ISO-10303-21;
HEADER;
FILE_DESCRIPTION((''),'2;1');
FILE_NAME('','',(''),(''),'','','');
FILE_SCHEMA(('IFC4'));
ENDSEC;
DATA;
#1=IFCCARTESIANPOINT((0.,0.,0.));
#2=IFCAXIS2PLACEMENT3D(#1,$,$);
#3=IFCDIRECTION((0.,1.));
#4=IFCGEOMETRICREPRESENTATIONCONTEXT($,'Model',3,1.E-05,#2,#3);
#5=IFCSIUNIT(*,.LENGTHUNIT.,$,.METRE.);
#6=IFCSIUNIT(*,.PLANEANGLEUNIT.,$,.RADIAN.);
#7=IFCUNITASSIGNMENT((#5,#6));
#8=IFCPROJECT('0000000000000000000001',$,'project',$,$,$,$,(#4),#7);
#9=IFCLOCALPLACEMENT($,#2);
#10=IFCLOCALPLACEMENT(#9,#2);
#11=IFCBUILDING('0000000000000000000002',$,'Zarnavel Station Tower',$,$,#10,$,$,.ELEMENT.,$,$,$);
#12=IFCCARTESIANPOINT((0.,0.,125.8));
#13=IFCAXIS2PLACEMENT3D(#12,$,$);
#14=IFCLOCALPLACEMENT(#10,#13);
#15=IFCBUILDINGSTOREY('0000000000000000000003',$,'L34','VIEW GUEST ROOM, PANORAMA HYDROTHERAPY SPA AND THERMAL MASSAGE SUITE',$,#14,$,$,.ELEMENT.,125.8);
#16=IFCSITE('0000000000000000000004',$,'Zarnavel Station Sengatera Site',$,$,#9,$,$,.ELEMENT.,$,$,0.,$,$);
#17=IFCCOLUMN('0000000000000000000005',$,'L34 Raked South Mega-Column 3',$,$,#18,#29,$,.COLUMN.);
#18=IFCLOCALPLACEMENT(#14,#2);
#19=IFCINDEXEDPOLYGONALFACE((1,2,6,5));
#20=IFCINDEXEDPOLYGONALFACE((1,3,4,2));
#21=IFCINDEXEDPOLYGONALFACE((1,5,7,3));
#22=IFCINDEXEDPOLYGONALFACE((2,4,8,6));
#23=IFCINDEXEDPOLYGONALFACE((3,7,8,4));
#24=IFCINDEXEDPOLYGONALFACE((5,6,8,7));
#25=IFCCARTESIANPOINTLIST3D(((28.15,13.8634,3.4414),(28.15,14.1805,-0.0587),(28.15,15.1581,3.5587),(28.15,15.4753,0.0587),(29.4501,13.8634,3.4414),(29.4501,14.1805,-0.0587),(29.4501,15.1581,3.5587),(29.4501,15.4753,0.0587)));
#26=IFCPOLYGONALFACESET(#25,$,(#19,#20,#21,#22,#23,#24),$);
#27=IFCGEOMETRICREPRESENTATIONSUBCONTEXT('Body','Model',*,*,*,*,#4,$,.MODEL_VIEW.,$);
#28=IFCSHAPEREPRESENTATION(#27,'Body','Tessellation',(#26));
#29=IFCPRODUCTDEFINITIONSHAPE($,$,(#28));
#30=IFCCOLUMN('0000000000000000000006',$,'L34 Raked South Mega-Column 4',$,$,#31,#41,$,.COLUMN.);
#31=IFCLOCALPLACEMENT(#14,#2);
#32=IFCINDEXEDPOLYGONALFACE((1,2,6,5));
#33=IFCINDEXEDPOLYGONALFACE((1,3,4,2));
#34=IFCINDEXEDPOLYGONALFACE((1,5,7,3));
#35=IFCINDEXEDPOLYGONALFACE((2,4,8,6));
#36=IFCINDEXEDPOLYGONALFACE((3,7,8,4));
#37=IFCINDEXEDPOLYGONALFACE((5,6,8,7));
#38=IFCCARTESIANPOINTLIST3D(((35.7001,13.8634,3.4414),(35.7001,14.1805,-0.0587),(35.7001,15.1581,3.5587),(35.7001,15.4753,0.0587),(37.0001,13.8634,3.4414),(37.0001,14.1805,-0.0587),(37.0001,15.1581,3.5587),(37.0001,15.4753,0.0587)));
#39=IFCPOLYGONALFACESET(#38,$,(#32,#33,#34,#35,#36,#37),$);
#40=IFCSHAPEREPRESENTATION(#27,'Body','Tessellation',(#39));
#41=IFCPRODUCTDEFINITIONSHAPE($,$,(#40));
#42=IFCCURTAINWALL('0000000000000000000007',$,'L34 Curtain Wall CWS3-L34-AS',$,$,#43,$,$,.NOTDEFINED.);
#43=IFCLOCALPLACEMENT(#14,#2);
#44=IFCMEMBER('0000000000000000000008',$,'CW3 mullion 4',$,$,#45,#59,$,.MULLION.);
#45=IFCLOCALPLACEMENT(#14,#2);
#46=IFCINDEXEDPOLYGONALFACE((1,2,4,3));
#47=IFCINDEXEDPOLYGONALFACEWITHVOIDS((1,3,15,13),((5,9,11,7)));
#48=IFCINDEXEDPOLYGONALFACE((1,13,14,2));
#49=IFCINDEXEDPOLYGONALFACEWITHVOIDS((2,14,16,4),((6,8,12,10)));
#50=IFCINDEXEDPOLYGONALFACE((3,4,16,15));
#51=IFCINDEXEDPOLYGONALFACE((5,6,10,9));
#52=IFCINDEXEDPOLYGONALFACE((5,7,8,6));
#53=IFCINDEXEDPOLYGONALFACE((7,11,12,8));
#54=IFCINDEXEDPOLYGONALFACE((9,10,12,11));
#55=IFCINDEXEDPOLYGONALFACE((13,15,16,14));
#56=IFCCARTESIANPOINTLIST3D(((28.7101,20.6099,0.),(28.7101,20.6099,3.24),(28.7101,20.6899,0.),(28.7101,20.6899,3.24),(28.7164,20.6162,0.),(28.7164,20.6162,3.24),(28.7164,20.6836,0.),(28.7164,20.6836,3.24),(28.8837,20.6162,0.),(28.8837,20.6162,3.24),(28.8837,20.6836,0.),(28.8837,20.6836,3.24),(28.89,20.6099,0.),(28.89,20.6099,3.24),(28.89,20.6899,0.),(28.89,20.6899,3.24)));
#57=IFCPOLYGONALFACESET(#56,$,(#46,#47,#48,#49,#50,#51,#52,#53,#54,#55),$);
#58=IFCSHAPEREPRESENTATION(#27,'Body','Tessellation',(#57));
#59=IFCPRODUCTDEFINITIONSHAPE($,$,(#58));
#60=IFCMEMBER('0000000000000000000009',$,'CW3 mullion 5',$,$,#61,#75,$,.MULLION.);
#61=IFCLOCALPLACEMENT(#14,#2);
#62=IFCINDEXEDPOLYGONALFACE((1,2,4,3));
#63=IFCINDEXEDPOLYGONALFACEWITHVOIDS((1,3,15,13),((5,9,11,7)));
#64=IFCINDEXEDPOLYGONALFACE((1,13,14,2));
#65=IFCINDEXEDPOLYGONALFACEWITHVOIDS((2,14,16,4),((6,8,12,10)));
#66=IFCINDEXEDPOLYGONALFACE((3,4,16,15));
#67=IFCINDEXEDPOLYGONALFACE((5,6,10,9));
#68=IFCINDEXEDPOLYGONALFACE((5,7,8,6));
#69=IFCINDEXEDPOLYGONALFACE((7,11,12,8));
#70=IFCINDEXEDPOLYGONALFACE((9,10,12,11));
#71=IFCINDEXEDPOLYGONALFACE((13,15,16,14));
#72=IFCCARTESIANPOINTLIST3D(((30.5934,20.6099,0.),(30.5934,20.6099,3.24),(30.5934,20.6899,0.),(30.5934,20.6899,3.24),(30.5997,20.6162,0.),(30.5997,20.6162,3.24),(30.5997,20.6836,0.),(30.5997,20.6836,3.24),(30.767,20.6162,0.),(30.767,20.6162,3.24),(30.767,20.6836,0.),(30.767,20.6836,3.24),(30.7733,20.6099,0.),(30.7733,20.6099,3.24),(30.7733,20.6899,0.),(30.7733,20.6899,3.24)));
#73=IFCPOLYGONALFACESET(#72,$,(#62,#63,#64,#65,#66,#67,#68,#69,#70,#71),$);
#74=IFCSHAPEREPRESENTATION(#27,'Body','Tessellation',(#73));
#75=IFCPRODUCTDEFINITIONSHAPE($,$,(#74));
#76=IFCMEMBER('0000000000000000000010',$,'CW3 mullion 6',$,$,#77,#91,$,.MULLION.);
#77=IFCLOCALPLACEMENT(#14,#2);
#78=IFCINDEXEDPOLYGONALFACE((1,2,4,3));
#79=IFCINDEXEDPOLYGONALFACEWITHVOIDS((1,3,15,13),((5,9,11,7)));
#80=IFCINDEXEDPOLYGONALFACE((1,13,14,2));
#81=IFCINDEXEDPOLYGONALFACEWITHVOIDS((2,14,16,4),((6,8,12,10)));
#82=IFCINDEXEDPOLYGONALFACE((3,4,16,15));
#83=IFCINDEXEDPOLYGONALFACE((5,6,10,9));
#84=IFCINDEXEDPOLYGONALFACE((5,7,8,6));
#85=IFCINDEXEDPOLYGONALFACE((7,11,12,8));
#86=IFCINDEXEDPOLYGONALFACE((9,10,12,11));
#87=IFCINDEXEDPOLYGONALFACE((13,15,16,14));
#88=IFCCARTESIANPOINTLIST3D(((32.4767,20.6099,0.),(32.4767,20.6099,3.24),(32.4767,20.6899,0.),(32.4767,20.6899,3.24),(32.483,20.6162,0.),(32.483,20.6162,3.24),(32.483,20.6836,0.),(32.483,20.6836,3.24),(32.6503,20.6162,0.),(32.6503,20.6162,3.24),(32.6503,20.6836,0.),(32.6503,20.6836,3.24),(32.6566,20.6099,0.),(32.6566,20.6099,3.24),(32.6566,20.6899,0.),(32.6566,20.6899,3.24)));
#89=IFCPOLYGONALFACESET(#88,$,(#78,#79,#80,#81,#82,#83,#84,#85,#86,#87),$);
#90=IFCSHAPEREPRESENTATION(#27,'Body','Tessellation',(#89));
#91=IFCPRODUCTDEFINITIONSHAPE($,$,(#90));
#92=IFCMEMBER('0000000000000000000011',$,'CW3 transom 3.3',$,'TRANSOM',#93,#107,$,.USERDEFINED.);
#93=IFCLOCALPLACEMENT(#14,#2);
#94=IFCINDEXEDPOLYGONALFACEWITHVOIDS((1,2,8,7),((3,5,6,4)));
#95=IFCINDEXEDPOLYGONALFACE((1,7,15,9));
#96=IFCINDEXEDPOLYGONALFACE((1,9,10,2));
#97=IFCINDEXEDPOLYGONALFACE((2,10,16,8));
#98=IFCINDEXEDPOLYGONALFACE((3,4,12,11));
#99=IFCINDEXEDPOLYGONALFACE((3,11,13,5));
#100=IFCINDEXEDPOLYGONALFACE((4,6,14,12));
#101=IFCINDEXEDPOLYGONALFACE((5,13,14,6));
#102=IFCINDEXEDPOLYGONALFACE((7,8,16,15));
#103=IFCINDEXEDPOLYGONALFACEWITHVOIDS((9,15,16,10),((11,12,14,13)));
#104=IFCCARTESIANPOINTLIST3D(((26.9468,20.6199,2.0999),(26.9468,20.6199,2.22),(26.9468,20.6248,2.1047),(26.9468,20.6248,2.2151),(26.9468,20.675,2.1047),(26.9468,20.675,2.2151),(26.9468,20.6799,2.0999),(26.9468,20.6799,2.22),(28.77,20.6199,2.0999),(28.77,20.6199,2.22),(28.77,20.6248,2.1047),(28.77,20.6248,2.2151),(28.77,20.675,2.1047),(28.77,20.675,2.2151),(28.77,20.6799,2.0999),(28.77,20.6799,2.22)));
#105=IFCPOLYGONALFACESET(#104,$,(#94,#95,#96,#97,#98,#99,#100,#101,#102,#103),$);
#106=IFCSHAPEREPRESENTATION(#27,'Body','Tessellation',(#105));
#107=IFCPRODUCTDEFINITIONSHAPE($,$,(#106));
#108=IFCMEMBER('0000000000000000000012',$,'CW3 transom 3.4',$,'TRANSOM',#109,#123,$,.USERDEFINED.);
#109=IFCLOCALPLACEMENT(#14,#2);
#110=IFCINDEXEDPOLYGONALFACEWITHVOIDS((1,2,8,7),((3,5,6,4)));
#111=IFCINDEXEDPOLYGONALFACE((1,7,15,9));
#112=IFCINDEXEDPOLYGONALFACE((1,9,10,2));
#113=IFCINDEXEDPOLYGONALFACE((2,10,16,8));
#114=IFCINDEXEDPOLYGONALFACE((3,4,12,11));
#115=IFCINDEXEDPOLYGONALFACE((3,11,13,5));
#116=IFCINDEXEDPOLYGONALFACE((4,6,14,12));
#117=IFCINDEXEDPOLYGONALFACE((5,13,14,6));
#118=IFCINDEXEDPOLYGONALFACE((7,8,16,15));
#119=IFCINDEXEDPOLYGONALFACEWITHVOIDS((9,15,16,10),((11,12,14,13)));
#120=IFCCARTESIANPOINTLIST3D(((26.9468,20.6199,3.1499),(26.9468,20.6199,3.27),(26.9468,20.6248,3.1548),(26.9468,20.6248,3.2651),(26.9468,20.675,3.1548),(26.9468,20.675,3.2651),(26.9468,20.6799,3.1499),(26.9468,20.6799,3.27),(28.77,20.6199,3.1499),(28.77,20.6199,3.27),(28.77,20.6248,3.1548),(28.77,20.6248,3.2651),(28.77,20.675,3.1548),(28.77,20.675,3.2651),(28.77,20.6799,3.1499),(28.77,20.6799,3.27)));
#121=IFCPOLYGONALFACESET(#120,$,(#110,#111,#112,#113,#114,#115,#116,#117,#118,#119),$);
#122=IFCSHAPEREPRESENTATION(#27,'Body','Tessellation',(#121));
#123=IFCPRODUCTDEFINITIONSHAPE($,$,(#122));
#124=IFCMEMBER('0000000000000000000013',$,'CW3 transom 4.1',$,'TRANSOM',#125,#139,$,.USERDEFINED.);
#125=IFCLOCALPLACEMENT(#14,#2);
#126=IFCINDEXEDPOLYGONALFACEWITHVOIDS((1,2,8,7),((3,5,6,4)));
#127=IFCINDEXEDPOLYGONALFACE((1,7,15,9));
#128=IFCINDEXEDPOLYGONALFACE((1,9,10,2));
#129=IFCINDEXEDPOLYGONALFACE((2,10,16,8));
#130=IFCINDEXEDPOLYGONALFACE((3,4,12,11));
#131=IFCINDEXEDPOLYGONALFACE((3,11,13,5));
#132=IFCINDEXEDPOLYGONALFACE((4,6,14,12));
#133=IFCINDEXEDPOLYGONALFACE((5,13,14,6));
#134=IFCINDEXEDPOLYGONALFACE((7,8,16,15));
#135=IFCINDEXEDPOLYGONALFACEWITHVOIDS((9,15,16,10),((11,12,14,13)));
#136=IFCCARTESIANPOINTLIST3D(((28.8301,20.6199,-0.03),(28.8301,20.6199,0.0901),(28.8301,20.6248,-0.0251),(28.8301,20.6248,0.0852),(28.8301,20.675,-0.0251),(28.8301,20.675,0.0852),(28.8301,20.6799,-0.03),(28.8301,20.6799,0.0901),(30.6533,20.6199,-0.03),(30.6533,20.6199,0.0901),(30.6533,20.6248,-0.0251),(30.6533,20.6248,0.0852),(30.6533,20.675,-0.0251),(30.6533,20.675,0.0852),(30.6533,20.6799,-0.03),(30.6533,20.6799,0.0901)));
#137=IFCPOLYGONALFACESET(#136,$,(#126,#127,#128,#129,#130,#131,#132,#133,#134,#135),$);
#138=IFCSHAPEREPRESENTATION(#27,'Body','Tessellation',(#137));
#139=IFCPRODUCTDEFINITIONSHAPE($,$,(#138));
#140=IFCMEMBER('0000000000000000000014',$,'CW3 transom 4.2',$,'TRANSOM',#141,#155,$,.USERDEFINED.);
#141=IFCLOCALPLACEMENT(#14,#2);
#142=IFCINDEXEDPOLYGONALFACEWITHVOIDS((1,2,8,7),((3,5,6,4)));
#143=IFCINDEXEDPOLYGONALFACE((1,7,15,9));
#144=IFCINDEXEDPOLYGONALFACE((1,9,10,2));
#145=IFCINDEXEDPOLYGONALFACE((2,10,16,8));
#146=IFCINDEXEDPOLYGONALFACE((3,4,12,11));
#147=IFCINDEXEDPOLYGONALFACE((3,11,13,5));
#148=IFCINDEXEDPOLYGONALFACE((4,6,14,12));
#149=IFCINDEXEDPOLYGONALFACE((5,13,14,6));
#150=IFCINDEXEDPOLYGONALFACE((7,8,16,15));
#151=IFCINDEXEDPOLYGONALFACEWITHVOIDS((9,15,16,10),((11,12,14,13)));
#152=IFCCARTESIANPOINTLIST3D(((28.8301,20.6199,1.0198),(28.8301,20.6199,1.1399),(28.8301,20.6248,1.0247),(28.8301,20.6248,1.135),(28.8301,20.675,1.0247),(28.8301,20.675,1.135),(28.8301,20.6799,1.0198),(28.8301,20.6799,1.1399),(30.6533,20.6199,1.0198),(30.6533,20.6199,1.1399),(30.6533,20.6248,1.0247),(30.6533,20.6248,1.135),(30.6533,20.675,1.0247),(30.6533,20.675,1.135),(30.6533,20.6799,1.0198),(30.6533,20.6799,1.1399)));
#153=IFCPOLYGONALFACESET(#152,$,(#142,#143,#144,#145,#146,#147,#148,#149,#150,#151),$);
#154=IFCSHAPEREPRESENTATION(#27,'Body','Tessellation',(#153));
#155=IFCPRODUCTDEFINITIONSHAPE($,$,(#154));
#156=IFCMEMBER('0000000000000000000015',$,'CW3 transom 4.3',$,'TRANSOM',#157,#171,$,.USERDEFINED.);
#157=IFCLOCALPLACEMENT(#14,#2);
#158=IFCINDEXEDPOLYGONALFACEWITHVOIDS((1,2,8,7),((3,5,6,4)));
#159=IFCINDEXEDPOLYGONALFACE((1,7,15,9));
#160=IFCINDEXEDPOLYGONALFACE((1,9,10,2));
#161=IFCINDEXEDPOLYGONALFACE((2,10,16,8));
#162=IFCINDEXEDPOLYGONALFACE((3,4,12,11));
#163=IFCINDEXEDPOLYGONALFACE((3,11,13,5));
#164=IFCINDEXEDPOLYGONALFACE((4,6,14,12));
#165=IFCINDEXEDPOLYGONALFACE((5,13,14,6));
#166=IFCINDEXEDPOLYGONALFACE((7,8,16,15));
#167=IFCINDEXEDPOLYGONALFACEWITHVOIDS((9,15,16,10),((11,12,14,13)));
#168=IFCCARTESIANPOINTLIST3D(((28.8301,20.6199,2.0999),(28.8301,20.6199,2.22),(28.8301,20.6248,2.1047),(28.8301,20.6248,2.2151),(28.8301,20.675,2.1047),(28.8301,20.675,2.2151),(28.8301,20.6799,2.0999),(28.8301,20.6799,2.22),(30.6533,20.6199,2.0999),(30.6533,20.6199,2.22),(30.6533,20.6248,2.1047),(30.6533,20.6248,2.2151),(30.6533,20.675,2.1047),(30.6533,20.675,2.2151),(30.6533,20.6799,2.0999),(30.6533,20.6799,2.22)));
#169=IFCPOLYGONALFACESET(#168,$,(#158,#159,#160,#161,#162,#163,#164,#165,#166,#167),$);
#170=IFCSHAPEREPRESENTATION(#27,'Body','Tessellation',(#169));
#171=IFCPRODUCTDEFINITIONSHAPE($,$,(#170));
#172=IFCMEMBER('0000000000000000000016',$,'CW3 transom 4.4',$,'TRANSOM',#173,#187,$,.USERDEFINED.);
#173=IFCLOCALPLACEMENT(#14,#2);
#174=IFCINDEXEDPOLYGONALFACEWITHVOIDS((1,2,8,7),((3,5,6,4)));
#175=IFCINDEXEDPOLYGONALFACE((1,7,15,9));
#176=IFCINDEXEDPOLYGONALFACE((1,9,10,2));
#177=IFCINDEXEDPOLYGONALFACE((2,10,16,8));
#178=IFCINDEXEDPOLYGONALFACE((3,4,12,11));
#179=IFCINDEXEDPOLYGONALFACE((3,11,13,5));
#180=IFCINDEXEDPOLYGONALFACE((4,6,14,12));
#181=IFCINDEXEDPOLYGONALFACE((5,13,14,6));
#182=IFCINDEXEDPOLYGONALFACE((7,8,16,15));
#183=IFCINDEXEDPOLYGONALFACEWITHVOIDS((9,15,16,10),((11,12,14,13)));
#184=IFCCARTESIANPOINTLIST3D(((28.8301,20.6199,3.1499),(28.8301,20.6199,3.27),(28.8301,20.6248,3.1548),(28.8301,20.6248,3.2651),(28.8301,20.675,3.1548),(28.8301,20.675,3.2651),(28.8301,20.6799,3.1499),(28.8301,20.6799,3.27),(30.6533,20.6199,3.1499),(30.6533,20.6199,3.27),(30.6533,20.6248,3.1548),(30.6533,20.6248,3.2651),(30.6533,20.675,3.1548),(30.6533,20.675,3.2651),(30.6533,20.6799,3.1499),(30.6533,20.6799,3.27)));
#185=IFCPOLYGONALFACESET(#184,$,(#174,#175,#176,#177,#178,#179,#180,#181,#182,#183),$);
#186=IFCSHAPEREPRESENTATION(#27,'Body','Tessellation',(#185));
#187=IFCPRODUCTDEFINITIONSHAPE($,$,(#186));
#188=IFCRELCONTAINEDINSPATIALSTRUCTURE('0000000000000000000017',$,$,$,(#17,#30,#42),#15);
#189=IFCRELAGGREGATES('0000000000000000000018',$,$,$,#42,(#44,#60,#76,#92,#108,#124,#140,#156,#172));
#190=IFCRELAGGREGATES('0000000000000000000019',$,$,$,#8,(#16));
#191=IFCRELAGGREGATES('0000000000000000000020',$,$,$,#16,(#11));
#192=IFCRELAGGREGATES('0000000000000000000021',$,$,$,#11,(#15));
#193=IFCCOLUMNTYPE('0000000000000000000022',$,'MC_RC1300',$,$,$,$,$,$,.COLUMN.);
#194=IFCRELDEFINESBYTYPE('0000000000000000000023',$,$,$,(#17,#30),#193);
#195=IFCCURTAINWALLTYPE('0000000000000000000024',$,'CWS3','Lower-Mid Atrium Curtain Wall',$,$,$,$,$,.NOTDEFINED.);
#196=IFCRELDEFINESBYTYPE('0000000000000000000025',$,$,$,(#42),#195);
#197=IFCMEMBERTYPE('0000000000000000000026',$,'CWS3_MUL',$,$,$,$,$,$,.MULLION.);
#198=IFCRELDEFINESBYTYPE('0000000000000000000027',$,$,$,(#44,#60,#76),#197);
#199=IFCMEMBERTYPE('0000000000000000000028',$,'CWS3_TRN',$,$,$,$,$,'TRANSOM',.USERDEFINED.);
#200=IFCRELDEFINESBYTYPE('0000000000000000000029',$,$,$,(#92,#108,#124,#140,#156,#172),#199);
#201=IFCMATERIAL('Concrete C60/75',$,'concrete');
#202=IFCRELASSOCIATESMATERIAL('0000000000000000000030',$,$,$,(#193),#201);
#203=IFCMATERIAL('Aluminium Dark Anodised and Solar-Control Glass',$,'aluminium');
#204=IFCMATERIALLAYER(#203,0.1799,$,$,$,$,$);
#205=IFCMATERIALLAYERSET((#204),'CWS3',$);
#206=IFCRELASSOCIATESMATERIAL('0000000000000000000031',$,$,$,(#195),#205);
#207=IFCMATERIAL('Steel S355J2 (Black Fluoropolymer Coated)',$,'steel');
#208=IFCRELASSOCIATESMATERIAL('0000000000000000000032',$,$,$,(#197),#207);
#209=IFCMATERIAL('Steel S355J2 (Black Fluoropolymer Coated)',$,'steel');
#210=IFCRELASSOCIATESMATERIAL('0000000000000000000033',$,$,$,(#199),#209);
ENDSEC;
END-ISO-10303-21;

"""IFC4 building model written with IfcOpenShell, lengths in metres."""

from ifc_helpers import new_model, si_unit, direction, frame, origin, origin_2d, place, context, subcontext, project, spatial, rectangle, hollow_rectangle, extrude, material, layer, layer_set, material_profile, profile_set, type_object, element, aggregate, save


model = new_model("IFC4")

# Units and contexts
model_context = context("Model", 3, precision=1e-05, world=origin(), true_north=direction((0.0, 1.0)))
body_context = subcontext(model_context, "Body", "Model", "MODEL_VIEW")
ifc_project = project(units=[si_unit("LENGTHUNIT", "METRE"), si_unit("PLANEANGLEUNIT", "RADIAN")], contexts=[model_context])

# Site, building, storey
site_placement = place(None, origin())
site = spatial("IfcSite", under=ifc_project, at=site_placement, Name="Zarnavel Station Sengatera Site", CompositionType="ELEMENT", RefElevation=0.0)
building_placement = place(site_placement, origin())
building = spatial("IfcBuilding", under=site, at=building_placement, Name="Zarnavel Station Tower", CompositionType="ELEMENT")
storey_placement = place(building_placement, frame((0.0, 0.0, 125.8)))
storey = spatial("IfcBuildingStorey", under=building, at=storey_placement, Name="L34", Description="VIEW GUEST ROOM, PANORAMA HYDROTHERAPY SPA AND THERMAL MASSAGE SUITE", CompositionType="ELEMENT", Elevation=125.8)

# Columns
ifc_material_1 = material(Name="Concrete C60/75", Category="concrete")
ifc_material_profile_1 = material_profile(ifc_material_1, rectangle(XDim=1.3, YDim=1.3, at=origin_2d()), Name="RC1300x1300")
ifc_profile_set_1 = profile_set([ifc_material_profile_1], Name="Concrete C60/75")
column_type = type_object("IfcColumnType", Name="MC_RC1300", PredefinedType="COLUMN", material=ifc_profile_set_1)
for number, where, z_axis, x_axis, name in (
    (1, (28.8, 14.8279, 0.0), (0.0, -0.090241, 0.99592), (1.0, 0.0, 0.0), "L34 Raked South Mega-Column 3"),
    (2, (36.3501, 14.8279, 0.0), (0.0, -0.090241, 0.99592), (1.0, 0.0, 0.0), "L34 Raked South Mega-Column 4"),
):
    element("IfcColumn", number, at=place(storey_placement, frame(where, z_axis=z_axis, x_axis=x_axis)), inside=storey, type_object=column_type, Name=name, PredefinedType="COLUMN", context=body_context, shape_type="SweptSolid", body=[
        extrude(rectangle(XDim=1.3, YDim=1.3, at=origin_2d()), origin(), (0.0, 0.0, 1.0), 3.5144),
    ])

# Curtain wall, members
ifc_material_2 = material(Name="Aluminium Dark Anodised and Solar-Control Glass", Category="aluminium")
ifc_layer_1 = layer(ifc_material_2, 0.1799)
ifc_layer_set_1 = layer_set([ifc_layer_1], Name="CWS3")
curtain_wall_type_1 = type_object("IfcCurtainWallType", Name="CWS3", Description="Lower-Mid Atrium Curtain Wall", PredefinedType="NOTDEFINED", material=ifc_layer_set_1)
curtain_wall_1_placement = place(storey_placement, origin())
curtain_wall_1 = element("IfcCurtainWall", 3, at=curtain_wall_1_placement, inside=storey, type_object=curtain_wall_type_1, Name="L34 Curtain Wall CWS3-L34-AS", PredefinedType="NOTDEFINED")
ifc_material_3 = material(Name="Steel S355J2 (Black Fluoropolymer Coated)", Category="steel")
ifc_material_profile_2 = material_profile(ifc_material_3, hollow_rectangle(XDim=0.0801, YDim=0.1799, WallThickness=0.0063, at=origin_2d()), Name="RHS180x80x6.3")
ifc_profile_set_2 = profile_set([ifc_material_profile_2], Name="Steel S355J2 (Black Fluoropolymer Coated)")
member_type_1 = type_object("IfcMemberType", Name="CWS3_MUL", PredefinedType="MULLION", material=ifc_profile_set_2)
member_1_placement = place(storey_placement, frame((28.8, 20.6499, 0.0), z_axis=(0.0, 0.0, 1.0), x_axis=(0.0, 1.0, 0.0)))
member_1 = element("IfcMember", 4, at=member_1_placement, type_object=member_type_1, Name="CW3 mullion 4", PredefinedType="MULLION", context=body_context, shape_type="SweptSolid", body=[
    extrude(hollow_rectangle(XDim=0.0801, YDim=0.1799, WallThickness=0.0063, at=origin_2d()), origin(), (0.0, 0.0, 1.0), 3.24),
])
member_2_placement = place(storey_placement, frame((30.6833, 20.6499, 0.0), z_axis=(0.0, 0.0, 1.0), x_axis=(0.0, 1.0, 0.0)))
member_2 = element("IfcMember", 5, at=member_2_placement, type_object=member_type_1, Name="CW3 mullion 5", PredefinedType="MULLION", context=body_context, shape_type="SweptSolid", body=[
    extrude(hollow_rectangle(XDim=0.0801, YDim=0.1799, WallThickness=0.0063, at=origin_2d()), origin(), (0.0, 0.0, 1.0), 3.24),
])
member_3_placement = place(storey_placement, frame((32.5667, 20.6499, 0.0), z_axis=(0.0, 0.0, 1.0), x_axis=(0.0, 1.0, 0.0)))
member_3 = element("IfcMember", 6, at=member_3_placement, type_object=member_type_1, Name="CW3 mullion 6", PredefinedType="MULLION", context=body_context, shape_type="SweptSolid", body=[
    extrude(hollow_rectangle(XDim=0.0801, YDim=0.1799, WallThickness=0.0063, at=origin_2d()), origin(), (0.0, 0.0, 1.0), 3.24),
])
ifc_material_4 = material(Name="Steel S355J2 (Black Fluoropolymer Coated)", Category="steel")
ifc_material_profile_3 = material_profile(ifc_material_4, hollow_rectangle(XDim=0.0601, YDim=0.1201, WallThickness=0.0049, at=origin_2d()), Name="RHS120x60x5")
ifc_profile_set_3 = profile_set([ifc_material_profile_3], Name="Steel S355J2 (Black Fluoropolymer Coated)")
member_type_2 = type_object("IfcMemberType", Name="CWS3_TRN", ElementType="TRANSOM", PredefinedType="USERDEFINED", material=ifc_profile_set_3)
member_4_placement = place(storey_placement, frame((26.9468, 20.6499, 2.1599), z_axis=(1.0, 0.0, 0.0), x_axis=(0.0, 1.0, 0.0)))
member_4 = element("IfcMember", 7, at=member_4_placement, type_object=member_type_2, Name="CW3 transom 3.3", ObjectType="TRANSOM", PredefinedType="USERDEFINED", context=body_context, shape_type="SweptSolid", body=[
    extrude(hollow_rectangle(XDim=0.0601, YDim=0.1201, WallThickness=0.0049, at=origin_2d()), origin(), (0.0, 0.0, 1.0), 1.8232),
])
member_5_placement = place(storey_placement, frame((26.9468, 20.6499, 3.21), z_axis=(1.0, 0.0, 0.0), x_axis=(0.0, 1.0, 0.0)))
member_5 = element("IfcMember", 8, at=member_5_placement, type_object=member_type_2, Name="CW3 transom 3.4", ObjectType="TRANSOM", PredefinedType="USERDEFINED", context=body_context, shape_type="SweptSolid", body=[
    extrude(hollow_rectangle(XDim=0.0601, YDim=0.1201, WallThickness=0.0049, at=origin_2d()), origin(), (0.0, 0.0, 1.0), 1.8232),
])
member_6_placement = place(storey_placement, frame((28.8301, 20.6499, 0.03), z_axis=(1.0, 0.0, 0.0), x_axis=(0.0, 1.0, 0.0)))
member_6 = element("IfcMember", 9, at=member_6_placement, type_object=member_type_2, Name="CW3 transom 4.1", ObjectType="TRANSOM", PredefinedType="USERDEFINED", context=body_context, shape_type="SweptSolid", body=[
    extrude(hollow_rectangle(XDim=0.0601, YDim=0.1201, WallThickness=0.0049, at=origin_2d()), origin(), (0.0, 0.0, 1.0), 1.8232),
])
member_7_placement = place(storey_placement, frame((28.8301, 20.6499, 1.0798), z_axis=(1.0, 0.0, 0.0), x_axis=(0.0, 1.0, 0.0)))
member_7 = element("IfcMember", 10, at=member_7_placement, type_object=member_type_2, Name="CW3 transom 4.2", ObjectType="TRANSOM", PredefinedType="USERDEFINED", context=body_context, shape_type="SweptSolid", body=[
    extrude(hollow_rectangle(XDim=0.0601, YDim=0.1201, WallThickness=0.0049, at=origin_2d()), origin(), (0.0, 0.0, 1.0), 1.8232),
])
member_8_placement = place(storey_placement, frame((28.8301, 20.6499, 2.1599), z_axis=(1.0, 0.0, 0.0), x_axis=(0.0, 1.0, 0.0)))
member_8 = element("IfcMember", 11, at=member_8_placement, type_object=member_type_2, Name="CW3 transom 4.3", ObjectType="TRANSOM", PredefinedType="USERDEFINED", context=body_context, shape_type="SweptSolid", body=[
    extrude(hollow_rectangle(XDim=0.0601, YDim=0.1201, WallThickness=0.0049, at=origin_2d()), origin(), (0.0, 0.0, 1.0), 1.8232),
])
member_9_placement = place(storey_placement, frame((28.8301, 20.6499, 3.21), z_axis=(1.0, 0.0, 0.0), x_axis=(0.0, 1.0, 0.0)))
member_9 = element("IfcMember", 12, at=member_9_placement, type_object=member_type_2, Name="CW3 transom 4.4", ObjectType="TRANSOM", PredefinedType="USERDEFINED", context=body_context, shape_type="SweptSolid", body=[
    extrude(hollow_rectangle(XDim=0.0601, YDim=0.1201, WallThickness=0.0049, at=origin_2d()), origin(), (0.0, 0.0, 1.0), 1.8232),
])

aggregate(curtain_wall_1, [member_1, member_2, member_3, member_4, member_5, member_6, member_7, member_8, member_9])

save(model, "model.ifc")
